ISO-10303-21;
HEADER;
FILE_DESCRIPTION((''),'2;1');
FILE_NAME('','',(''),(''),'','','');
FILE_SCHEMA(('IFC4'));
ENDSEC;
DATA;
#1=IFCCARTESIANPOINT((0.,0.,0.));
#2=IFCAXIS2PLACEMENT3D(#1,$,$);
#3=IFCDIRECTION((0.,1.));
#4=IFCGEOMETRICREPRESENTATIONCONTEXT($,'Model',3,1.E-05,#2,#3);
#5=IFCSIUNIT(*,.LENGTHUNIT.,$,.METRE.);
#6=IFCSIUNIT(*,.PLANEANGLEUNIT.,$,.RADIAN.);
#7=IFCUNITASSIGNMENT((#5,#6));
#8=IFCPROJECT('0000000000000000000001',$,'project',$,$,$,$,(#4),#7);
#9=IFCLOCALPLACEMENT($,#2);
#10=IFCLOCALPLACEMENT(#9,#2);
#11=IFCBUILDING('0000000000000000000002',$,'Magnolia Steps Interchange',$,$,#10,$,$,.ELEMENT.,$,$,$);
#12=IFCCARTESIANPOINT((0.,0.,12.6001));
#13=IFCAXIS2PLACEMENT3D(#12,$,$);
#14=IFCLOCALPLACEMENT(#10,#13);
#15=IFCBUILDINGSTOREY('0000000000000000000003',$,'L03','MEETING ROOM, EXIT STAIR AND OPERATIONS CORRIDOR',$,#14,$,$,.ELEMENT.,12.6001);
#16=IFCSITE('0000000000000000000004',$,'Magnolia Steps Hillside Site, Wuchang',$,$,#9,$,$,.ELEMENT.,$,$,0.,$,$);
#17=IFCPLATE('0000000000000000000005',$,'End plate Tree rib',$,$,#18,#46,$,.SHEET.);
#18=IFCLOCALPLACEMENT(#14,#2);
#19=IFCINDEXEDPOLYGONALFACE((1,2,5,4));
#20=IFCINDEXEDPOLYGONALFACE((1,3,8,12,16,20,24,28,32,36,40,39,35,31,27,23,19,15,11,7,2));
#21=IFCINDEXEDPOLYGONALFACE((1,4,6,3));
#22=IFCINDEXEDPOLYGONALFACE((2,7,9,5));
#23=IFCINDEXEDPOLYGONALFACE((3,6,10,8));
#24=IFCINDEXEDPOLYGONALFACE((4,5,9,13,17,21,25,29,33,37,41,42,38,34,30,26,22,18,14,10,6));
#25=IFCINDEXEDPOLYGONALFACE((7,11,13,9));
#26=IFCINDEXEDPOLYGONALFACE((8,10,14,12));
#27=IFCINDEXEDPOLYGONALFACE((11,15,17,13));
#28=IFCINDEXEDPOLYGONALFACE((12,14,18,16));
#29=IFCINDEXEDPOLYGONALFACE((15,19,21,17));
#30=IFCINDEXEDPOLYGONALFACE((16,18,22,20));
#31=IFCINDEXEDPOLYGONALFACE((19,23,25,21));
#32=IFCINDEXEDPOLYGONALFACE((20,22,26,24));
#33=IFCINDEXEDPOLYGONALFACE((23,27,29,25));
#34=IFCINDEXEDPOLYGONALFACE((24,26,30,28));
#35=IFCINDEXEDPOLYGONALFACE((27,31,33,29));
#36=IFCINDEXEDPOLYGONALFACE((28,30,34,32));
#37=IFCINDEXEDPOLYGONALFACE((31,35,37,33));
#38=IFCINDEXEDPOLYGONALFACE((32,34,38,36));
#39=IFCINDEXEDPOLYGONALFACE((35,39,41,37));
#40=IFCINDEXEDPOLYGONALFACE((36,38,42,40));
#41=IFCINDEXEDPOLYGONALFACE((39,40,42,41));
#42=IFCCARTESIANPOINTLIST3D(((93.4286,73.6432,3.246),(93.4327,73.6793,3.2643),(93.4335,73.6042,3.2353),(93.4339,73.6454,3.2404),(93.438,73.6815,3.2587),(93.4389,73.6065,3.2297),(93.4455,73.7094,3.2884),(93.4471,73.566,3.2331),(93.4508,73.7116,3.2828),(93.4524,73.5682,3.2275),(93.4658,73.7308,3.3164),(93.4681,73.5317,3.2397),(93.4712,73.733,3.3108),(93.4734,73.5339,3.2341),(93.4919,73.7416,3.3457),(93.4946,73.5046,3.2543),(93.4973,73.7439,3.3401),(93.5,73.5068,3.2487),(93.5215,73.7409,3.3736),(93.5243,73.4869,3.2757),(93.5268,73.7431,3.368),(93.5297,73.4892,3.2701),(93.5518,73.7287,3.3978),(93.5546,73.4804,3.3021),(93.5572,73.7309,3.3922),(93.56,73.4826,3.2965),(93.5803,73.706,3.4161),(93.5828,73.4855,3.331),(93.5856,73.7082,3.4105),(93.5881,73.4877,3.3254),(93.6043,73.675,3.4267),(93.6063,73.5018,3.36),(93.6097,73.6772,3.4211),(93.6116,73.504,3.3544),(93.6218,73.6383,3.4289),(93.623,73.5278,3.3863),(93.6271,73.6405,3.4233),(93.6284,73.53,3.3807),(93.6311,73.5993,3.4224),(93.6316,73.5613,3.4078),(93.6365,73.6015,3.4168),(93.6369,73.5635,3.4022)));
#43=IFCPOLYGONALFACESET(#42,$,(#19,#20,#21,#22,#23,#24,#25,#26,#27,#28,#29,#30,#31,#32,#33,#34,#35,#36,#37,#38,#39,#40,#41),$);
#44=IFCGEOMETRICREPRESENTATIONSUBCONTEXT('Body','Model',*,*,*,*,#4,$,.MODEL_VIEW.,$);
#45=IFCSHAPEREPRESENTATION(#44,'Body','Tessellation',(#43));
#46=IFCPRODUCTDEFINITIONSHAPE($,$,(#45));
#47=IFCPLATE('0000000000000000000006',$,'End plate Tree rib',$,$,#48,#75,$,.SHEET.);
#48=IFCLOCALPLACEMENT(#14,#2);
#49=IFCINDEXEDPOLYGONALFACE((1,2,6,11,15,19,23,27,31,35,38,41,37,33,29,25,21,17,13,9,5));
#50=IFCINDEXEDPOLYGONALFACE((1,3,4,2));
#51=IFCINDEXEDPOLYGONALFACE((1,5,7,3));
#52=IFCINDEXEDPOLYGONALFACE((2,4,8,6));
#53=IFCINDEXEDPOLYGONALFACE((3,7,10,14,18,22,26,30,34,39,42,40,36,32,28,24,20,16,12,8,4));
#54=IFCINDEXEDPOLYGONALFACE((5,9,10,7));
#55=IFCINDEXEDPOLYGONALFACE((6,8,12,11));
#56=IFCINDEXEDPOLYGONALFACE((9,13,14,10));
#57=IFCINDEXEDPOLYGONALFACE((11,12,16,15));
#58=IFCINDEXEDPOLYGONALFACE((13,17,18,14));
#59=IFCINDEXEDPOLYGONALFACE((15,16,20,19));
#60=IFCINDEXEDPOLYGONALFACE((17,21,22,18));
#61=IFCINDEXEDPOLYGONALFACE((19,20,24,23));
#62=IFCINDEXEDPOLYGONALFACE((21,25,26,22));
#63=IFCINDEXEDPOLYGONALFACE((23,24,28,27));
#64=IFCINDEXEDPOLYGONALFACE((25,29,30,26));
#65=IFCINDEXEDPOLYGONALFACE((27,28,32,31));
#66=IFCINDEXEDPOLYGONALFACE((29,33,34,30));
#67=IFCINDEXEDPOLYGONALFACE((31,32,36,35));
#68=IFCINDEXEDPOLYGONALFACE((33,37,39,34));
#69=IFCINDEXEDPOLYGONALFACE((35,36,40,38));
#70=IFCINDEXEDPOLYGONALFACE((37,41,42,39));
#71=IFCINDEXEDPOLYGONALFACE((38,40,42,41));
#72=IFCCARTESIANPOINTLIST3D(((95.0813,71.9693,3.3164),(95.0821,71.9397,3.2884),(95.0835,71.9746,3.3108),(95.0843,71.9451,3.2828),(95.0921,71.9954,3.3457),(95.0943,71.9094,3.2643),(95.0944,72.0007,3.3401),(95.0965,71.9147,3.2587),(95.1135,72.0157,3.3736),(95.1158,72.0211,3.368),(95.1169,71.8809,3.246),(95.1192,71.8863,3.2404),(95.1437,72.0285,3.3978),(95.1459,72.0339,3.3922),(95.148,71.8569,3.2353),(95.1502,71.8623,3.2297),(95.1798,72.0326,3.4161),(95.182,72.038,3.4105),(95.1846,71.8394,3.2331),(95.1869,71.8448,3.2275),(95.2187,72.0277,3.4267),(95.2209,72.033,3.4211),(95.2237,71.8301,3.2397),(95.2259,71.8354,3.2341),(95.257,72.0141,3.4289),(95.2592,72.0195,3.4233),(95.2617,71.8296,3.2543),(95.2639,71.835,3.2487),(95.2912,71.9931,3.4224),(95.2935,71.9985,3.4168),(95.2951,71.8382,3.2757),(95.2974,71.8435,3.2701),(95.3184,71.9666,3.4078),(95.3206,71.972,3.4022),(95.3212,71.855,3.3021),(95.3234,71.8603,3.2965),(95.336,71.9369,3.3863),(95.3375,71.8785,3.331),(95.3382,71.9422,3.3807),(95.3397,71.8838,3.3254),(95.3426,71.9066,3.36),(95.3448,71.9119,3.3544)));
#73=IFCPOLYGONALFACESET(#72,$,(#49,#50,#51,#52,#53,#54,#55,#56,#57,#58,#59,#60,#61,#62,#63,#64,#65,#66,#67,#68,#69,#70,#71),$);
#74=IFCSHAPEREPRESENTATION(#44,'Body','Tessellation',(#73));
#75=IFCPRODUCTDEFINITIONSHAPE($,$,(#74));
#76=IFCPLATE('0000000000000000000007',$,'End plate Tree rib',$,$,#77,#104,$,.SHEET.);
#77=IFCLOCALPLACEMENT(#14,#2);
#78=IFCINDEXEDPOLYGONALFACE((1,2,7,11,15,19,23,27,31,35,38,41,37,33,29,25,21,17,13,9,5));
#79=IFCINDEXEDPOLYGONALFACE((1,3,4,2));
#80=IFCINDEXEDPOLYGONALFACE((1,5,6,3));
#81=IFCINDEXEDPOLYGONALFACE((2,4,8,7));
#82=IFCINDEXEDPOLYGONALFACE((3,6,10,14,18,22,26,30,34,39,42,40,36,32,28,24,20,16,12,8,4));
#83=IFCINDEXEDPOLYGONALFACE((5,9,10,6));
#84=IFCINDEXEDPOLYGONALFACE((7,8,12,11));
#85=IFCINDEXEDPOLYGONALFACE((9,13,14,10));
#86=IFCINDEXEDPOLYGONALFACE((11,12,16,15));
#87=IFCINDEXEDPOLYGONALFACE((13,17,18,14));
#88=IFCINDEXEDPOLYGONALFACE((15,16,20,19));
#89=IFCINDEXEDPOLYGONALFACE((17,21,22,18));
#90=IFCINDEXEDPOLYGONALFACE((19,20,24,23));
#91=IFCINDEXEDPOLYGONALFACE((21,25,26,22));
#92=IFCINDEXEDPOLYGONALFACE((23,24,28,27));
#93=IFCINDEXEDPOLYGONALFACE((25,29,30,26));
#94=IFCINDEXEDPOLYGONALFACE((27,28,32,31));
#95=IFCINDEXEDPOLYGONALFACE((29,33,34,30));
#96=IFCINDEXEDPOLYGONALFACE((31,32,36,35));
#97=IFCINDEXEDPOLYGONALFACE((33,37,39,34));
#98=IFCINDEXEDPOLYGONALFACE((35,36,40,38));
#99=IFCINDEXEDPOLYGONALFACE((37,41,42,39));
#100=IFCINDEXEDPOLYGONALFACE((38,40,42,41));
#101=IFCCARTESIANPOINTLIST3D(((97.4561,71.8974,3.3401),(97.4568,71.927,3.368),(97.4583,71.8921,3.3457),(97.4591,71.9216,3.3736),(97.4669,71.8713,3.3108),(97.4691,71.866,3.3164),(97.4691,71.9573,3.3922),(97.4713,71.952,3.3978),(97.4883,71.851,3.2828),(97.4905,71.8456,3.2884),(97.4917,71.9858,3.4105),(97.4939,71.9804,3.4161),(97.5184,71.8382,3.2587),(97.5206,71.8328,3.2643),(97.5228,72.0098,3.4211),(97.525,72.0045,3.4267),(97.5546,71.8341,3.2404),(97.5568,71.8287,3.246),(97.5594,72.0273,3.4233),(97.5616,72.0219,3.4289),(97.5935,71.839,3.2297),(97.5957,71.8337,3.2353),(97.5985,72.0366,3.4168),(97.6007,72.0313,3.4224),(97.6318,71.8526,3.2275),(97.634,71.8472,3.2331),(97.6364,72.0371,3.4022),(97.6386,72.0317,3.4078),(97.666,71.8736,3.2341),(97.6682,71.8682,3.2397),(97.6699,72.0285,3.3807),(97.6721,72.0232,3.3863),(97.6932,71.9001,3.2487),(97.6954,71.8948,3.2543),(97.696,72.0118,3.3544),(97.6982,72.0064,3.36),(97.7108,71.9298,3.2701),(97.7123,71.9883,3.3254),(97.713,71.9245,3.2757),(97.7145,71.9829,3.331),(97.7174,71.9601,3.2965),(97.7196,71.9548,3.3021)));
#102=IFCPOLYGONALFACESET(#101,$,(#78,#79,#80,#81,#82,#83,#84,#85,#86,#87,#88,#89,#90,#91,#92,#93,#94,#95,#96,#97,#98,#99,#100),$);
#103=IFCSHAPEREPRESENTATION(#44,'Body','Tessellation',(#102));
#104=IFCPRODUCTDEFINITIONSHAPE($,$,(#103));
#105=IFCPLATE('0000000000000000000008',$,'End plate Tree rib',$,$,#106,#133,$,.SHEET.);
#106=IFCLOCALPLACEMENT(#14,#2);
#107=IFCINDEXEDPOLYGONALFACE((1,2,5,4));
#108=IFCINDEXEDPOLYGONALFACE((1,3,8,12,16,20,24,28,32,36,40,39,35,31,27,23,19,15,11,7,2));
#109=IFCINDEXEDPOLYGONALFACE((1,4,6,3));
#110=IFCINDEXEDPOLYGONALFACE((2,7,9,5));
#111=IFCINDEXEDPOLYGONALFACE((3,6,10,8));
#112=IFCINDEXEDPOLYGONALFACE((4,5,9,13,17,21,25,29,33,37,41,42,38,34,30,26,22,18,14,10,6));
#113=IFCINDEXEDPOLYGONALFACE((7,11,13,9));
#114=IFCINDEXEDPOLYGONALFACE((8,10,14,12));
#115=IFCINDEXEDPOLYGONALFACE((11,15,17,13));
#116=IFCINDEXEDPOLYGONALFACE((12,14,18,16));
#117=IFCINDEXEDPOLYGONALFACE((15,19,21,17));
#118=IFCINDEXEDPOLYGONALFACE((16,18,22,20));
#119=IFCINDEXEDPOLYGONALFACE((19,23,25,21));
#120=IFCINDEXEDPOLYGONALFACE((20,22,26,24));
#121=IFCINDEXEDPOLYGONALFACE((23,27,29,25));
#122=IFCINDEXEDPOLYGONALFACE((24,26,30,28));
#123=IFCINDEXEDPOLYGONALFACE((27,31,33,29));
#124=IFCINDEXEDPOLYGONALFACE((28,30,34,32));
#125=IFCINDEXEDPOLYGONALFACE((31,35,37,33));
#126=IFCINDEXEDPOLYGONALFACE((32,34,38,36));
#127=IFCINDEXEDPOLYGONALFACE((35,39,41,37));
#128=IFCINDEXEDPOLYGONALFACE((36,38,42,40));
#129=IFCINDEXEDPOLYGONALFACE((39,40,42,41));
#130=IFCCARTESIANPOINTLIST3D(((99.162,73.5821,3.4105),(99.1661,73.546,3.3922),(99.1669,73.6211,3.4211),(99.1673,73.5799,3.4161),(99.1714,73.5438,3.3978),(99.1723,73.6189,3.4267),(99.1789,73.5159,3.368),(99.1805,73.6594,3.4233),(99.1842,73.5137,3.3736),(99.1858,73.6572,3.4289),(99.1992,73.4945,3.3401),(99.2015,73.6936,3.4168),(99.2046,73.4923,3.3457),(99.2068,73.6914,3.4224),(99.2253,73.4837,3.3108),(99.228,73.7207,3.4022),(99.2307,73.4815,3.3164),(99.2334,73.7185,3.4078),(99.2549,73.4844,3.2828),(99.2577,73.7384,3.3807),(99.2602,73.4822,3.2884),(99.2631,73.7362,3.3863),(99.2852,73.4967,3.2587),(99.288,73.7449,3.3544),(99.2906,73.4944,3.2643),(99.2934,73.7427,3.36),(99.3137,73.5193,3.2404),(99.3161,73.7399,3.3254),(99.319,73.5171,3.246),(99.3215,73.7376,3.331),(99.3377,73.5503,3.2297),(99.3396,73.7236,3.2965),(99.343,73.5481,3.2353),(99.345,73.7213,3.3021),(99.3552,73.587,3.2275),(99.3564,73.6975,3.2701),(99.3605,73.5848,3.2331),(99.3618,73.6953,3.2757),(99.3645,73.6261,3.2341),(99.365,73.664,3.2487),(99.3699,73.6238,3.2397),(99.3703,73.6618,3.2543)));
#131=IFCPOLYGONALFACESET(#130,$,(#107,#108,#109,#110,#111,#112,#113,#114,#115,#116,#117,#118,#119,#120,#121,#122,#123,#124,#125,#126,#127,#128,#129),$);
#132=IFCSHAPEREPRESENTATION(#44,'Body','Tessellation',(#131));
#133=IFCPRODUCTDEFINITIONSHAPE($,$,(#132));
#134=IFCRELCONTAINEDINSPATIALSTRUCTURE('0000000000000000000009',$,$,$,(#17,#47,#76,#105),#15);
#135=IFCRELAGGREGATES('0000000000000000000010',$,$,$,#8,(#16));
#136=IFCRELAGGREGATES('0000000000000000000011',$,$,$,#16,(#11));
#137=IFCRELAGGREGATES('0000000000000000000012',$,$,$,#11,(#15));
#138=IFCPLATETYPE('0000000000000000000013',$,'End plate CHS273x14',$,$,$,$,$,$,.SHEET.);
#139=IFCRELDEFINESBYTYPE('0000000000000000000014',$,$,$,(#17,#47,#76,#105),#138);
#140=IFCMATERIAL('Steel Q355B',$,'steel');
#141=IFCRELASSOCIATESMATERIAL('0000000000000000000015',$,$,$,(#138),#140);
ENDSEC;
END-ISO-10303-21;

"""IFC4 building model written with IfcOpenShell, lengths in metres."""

from ifc_helpers import new_model, si_unit, direction, frame, origin, origin_2d, place, context, subcontext, project, spatial, circle, extrude, material, material_profile, profile_set, type_object, element, save


model = new_model("IFC4")

# Units and contexts
model_context = context("Model", 3, precision=1e-05, world=origin(), true_north=direction((0.0, 1.0)))
body_context = subcontext(model_context, "Body", "Model", "MODEL_VIEW")
ifc_project = project(units=[si_unit("LENGTHUNIT", "METRE"), si_unit("PLANEANGLEUNIT", "RADIAN")], contexts=[model_context])

# Site, building, storey
site_placement = place(None, origin())
site = spatial("IfcSite", under=ifc_project, at=site_placement, Name="Magnolia Steps Hillside Site, Wuchang", CompositionType="ELEMENT", RefElevation=0.0)
building_placement = place(site_placement, origin())
building = spatial("IfcBuilding", under=site, at=building_placement, Name="Magnolia Steps Interchange", CompositionType="ELEMENT")
storey_placement = place(building_placement, frame((0.0, 0.0, 12.6001)))
storey = spatial("IfcBuildingStorey", under=building, at=storey_placement, Name="L03", Description="MEETING ROOM, EXIT STAIR AND OPERATIONS CORRIDOR", CompositionType="ELEMENT", Elevation=12.6001)

# Plates
ifc_material_1 = material(Name="Steel Q355B", Category="steel")
ifc_material_profile_1 = material_profile(ifc_material_1, circle(Radius=0.1365, at=origin_2d()), Name="End plate CHS273x14")
ifc_profile_set_1 = profile_set([ifc_material_profile_1], Name="Steel Q355B")
plate_type_1 = type_object("IfcPlateType", Name="End plate CHS273x14", PredefinedType="SHEET", material=ifc_profile_set_1)
for number, where, z_axis, x_axis, name in (
    (1, (93.5359, 73.6138, 3.3254), (-0.664583, -0.275279, 0.694658), (0.382683, -0.92388, 0.0), "End plate Tree rib"),
    (2, (95.2136, 71.936, 3.3254), (-0.275279, -0.664583, 0.694658), (0.92388, -0.382683, 0.0), "End plate Tree rib"),
    (3, (97.5862, 71.936, 3.3254), (0.275279, -0.664583, 0.694658), (0.92388, 0.382683, 0.0), "End plate Tree rib"),
    (4, (99.2639, 73.6138, 3.3254), (0.664583, -0.275279, 0.694658), (0.382683, 0.92388, 0.0), "End plate Tree rib"),
):
    element("IfcPlate", number, at=place(storey_placement, frame(where, z_axis=z_axis, x_axis=x_axis)), inside=storey, type_object=plate_type_1, Name=name, PredefinedType="SHEET", context=body_context, shape_type="SweptSolid", body=[
        extrude(circle(Radius=0.1365, at=origin_2d()), origin(), (0.0, 0.0, 1.0), 0.0081),
    ])

save(model, "model.ifc")
